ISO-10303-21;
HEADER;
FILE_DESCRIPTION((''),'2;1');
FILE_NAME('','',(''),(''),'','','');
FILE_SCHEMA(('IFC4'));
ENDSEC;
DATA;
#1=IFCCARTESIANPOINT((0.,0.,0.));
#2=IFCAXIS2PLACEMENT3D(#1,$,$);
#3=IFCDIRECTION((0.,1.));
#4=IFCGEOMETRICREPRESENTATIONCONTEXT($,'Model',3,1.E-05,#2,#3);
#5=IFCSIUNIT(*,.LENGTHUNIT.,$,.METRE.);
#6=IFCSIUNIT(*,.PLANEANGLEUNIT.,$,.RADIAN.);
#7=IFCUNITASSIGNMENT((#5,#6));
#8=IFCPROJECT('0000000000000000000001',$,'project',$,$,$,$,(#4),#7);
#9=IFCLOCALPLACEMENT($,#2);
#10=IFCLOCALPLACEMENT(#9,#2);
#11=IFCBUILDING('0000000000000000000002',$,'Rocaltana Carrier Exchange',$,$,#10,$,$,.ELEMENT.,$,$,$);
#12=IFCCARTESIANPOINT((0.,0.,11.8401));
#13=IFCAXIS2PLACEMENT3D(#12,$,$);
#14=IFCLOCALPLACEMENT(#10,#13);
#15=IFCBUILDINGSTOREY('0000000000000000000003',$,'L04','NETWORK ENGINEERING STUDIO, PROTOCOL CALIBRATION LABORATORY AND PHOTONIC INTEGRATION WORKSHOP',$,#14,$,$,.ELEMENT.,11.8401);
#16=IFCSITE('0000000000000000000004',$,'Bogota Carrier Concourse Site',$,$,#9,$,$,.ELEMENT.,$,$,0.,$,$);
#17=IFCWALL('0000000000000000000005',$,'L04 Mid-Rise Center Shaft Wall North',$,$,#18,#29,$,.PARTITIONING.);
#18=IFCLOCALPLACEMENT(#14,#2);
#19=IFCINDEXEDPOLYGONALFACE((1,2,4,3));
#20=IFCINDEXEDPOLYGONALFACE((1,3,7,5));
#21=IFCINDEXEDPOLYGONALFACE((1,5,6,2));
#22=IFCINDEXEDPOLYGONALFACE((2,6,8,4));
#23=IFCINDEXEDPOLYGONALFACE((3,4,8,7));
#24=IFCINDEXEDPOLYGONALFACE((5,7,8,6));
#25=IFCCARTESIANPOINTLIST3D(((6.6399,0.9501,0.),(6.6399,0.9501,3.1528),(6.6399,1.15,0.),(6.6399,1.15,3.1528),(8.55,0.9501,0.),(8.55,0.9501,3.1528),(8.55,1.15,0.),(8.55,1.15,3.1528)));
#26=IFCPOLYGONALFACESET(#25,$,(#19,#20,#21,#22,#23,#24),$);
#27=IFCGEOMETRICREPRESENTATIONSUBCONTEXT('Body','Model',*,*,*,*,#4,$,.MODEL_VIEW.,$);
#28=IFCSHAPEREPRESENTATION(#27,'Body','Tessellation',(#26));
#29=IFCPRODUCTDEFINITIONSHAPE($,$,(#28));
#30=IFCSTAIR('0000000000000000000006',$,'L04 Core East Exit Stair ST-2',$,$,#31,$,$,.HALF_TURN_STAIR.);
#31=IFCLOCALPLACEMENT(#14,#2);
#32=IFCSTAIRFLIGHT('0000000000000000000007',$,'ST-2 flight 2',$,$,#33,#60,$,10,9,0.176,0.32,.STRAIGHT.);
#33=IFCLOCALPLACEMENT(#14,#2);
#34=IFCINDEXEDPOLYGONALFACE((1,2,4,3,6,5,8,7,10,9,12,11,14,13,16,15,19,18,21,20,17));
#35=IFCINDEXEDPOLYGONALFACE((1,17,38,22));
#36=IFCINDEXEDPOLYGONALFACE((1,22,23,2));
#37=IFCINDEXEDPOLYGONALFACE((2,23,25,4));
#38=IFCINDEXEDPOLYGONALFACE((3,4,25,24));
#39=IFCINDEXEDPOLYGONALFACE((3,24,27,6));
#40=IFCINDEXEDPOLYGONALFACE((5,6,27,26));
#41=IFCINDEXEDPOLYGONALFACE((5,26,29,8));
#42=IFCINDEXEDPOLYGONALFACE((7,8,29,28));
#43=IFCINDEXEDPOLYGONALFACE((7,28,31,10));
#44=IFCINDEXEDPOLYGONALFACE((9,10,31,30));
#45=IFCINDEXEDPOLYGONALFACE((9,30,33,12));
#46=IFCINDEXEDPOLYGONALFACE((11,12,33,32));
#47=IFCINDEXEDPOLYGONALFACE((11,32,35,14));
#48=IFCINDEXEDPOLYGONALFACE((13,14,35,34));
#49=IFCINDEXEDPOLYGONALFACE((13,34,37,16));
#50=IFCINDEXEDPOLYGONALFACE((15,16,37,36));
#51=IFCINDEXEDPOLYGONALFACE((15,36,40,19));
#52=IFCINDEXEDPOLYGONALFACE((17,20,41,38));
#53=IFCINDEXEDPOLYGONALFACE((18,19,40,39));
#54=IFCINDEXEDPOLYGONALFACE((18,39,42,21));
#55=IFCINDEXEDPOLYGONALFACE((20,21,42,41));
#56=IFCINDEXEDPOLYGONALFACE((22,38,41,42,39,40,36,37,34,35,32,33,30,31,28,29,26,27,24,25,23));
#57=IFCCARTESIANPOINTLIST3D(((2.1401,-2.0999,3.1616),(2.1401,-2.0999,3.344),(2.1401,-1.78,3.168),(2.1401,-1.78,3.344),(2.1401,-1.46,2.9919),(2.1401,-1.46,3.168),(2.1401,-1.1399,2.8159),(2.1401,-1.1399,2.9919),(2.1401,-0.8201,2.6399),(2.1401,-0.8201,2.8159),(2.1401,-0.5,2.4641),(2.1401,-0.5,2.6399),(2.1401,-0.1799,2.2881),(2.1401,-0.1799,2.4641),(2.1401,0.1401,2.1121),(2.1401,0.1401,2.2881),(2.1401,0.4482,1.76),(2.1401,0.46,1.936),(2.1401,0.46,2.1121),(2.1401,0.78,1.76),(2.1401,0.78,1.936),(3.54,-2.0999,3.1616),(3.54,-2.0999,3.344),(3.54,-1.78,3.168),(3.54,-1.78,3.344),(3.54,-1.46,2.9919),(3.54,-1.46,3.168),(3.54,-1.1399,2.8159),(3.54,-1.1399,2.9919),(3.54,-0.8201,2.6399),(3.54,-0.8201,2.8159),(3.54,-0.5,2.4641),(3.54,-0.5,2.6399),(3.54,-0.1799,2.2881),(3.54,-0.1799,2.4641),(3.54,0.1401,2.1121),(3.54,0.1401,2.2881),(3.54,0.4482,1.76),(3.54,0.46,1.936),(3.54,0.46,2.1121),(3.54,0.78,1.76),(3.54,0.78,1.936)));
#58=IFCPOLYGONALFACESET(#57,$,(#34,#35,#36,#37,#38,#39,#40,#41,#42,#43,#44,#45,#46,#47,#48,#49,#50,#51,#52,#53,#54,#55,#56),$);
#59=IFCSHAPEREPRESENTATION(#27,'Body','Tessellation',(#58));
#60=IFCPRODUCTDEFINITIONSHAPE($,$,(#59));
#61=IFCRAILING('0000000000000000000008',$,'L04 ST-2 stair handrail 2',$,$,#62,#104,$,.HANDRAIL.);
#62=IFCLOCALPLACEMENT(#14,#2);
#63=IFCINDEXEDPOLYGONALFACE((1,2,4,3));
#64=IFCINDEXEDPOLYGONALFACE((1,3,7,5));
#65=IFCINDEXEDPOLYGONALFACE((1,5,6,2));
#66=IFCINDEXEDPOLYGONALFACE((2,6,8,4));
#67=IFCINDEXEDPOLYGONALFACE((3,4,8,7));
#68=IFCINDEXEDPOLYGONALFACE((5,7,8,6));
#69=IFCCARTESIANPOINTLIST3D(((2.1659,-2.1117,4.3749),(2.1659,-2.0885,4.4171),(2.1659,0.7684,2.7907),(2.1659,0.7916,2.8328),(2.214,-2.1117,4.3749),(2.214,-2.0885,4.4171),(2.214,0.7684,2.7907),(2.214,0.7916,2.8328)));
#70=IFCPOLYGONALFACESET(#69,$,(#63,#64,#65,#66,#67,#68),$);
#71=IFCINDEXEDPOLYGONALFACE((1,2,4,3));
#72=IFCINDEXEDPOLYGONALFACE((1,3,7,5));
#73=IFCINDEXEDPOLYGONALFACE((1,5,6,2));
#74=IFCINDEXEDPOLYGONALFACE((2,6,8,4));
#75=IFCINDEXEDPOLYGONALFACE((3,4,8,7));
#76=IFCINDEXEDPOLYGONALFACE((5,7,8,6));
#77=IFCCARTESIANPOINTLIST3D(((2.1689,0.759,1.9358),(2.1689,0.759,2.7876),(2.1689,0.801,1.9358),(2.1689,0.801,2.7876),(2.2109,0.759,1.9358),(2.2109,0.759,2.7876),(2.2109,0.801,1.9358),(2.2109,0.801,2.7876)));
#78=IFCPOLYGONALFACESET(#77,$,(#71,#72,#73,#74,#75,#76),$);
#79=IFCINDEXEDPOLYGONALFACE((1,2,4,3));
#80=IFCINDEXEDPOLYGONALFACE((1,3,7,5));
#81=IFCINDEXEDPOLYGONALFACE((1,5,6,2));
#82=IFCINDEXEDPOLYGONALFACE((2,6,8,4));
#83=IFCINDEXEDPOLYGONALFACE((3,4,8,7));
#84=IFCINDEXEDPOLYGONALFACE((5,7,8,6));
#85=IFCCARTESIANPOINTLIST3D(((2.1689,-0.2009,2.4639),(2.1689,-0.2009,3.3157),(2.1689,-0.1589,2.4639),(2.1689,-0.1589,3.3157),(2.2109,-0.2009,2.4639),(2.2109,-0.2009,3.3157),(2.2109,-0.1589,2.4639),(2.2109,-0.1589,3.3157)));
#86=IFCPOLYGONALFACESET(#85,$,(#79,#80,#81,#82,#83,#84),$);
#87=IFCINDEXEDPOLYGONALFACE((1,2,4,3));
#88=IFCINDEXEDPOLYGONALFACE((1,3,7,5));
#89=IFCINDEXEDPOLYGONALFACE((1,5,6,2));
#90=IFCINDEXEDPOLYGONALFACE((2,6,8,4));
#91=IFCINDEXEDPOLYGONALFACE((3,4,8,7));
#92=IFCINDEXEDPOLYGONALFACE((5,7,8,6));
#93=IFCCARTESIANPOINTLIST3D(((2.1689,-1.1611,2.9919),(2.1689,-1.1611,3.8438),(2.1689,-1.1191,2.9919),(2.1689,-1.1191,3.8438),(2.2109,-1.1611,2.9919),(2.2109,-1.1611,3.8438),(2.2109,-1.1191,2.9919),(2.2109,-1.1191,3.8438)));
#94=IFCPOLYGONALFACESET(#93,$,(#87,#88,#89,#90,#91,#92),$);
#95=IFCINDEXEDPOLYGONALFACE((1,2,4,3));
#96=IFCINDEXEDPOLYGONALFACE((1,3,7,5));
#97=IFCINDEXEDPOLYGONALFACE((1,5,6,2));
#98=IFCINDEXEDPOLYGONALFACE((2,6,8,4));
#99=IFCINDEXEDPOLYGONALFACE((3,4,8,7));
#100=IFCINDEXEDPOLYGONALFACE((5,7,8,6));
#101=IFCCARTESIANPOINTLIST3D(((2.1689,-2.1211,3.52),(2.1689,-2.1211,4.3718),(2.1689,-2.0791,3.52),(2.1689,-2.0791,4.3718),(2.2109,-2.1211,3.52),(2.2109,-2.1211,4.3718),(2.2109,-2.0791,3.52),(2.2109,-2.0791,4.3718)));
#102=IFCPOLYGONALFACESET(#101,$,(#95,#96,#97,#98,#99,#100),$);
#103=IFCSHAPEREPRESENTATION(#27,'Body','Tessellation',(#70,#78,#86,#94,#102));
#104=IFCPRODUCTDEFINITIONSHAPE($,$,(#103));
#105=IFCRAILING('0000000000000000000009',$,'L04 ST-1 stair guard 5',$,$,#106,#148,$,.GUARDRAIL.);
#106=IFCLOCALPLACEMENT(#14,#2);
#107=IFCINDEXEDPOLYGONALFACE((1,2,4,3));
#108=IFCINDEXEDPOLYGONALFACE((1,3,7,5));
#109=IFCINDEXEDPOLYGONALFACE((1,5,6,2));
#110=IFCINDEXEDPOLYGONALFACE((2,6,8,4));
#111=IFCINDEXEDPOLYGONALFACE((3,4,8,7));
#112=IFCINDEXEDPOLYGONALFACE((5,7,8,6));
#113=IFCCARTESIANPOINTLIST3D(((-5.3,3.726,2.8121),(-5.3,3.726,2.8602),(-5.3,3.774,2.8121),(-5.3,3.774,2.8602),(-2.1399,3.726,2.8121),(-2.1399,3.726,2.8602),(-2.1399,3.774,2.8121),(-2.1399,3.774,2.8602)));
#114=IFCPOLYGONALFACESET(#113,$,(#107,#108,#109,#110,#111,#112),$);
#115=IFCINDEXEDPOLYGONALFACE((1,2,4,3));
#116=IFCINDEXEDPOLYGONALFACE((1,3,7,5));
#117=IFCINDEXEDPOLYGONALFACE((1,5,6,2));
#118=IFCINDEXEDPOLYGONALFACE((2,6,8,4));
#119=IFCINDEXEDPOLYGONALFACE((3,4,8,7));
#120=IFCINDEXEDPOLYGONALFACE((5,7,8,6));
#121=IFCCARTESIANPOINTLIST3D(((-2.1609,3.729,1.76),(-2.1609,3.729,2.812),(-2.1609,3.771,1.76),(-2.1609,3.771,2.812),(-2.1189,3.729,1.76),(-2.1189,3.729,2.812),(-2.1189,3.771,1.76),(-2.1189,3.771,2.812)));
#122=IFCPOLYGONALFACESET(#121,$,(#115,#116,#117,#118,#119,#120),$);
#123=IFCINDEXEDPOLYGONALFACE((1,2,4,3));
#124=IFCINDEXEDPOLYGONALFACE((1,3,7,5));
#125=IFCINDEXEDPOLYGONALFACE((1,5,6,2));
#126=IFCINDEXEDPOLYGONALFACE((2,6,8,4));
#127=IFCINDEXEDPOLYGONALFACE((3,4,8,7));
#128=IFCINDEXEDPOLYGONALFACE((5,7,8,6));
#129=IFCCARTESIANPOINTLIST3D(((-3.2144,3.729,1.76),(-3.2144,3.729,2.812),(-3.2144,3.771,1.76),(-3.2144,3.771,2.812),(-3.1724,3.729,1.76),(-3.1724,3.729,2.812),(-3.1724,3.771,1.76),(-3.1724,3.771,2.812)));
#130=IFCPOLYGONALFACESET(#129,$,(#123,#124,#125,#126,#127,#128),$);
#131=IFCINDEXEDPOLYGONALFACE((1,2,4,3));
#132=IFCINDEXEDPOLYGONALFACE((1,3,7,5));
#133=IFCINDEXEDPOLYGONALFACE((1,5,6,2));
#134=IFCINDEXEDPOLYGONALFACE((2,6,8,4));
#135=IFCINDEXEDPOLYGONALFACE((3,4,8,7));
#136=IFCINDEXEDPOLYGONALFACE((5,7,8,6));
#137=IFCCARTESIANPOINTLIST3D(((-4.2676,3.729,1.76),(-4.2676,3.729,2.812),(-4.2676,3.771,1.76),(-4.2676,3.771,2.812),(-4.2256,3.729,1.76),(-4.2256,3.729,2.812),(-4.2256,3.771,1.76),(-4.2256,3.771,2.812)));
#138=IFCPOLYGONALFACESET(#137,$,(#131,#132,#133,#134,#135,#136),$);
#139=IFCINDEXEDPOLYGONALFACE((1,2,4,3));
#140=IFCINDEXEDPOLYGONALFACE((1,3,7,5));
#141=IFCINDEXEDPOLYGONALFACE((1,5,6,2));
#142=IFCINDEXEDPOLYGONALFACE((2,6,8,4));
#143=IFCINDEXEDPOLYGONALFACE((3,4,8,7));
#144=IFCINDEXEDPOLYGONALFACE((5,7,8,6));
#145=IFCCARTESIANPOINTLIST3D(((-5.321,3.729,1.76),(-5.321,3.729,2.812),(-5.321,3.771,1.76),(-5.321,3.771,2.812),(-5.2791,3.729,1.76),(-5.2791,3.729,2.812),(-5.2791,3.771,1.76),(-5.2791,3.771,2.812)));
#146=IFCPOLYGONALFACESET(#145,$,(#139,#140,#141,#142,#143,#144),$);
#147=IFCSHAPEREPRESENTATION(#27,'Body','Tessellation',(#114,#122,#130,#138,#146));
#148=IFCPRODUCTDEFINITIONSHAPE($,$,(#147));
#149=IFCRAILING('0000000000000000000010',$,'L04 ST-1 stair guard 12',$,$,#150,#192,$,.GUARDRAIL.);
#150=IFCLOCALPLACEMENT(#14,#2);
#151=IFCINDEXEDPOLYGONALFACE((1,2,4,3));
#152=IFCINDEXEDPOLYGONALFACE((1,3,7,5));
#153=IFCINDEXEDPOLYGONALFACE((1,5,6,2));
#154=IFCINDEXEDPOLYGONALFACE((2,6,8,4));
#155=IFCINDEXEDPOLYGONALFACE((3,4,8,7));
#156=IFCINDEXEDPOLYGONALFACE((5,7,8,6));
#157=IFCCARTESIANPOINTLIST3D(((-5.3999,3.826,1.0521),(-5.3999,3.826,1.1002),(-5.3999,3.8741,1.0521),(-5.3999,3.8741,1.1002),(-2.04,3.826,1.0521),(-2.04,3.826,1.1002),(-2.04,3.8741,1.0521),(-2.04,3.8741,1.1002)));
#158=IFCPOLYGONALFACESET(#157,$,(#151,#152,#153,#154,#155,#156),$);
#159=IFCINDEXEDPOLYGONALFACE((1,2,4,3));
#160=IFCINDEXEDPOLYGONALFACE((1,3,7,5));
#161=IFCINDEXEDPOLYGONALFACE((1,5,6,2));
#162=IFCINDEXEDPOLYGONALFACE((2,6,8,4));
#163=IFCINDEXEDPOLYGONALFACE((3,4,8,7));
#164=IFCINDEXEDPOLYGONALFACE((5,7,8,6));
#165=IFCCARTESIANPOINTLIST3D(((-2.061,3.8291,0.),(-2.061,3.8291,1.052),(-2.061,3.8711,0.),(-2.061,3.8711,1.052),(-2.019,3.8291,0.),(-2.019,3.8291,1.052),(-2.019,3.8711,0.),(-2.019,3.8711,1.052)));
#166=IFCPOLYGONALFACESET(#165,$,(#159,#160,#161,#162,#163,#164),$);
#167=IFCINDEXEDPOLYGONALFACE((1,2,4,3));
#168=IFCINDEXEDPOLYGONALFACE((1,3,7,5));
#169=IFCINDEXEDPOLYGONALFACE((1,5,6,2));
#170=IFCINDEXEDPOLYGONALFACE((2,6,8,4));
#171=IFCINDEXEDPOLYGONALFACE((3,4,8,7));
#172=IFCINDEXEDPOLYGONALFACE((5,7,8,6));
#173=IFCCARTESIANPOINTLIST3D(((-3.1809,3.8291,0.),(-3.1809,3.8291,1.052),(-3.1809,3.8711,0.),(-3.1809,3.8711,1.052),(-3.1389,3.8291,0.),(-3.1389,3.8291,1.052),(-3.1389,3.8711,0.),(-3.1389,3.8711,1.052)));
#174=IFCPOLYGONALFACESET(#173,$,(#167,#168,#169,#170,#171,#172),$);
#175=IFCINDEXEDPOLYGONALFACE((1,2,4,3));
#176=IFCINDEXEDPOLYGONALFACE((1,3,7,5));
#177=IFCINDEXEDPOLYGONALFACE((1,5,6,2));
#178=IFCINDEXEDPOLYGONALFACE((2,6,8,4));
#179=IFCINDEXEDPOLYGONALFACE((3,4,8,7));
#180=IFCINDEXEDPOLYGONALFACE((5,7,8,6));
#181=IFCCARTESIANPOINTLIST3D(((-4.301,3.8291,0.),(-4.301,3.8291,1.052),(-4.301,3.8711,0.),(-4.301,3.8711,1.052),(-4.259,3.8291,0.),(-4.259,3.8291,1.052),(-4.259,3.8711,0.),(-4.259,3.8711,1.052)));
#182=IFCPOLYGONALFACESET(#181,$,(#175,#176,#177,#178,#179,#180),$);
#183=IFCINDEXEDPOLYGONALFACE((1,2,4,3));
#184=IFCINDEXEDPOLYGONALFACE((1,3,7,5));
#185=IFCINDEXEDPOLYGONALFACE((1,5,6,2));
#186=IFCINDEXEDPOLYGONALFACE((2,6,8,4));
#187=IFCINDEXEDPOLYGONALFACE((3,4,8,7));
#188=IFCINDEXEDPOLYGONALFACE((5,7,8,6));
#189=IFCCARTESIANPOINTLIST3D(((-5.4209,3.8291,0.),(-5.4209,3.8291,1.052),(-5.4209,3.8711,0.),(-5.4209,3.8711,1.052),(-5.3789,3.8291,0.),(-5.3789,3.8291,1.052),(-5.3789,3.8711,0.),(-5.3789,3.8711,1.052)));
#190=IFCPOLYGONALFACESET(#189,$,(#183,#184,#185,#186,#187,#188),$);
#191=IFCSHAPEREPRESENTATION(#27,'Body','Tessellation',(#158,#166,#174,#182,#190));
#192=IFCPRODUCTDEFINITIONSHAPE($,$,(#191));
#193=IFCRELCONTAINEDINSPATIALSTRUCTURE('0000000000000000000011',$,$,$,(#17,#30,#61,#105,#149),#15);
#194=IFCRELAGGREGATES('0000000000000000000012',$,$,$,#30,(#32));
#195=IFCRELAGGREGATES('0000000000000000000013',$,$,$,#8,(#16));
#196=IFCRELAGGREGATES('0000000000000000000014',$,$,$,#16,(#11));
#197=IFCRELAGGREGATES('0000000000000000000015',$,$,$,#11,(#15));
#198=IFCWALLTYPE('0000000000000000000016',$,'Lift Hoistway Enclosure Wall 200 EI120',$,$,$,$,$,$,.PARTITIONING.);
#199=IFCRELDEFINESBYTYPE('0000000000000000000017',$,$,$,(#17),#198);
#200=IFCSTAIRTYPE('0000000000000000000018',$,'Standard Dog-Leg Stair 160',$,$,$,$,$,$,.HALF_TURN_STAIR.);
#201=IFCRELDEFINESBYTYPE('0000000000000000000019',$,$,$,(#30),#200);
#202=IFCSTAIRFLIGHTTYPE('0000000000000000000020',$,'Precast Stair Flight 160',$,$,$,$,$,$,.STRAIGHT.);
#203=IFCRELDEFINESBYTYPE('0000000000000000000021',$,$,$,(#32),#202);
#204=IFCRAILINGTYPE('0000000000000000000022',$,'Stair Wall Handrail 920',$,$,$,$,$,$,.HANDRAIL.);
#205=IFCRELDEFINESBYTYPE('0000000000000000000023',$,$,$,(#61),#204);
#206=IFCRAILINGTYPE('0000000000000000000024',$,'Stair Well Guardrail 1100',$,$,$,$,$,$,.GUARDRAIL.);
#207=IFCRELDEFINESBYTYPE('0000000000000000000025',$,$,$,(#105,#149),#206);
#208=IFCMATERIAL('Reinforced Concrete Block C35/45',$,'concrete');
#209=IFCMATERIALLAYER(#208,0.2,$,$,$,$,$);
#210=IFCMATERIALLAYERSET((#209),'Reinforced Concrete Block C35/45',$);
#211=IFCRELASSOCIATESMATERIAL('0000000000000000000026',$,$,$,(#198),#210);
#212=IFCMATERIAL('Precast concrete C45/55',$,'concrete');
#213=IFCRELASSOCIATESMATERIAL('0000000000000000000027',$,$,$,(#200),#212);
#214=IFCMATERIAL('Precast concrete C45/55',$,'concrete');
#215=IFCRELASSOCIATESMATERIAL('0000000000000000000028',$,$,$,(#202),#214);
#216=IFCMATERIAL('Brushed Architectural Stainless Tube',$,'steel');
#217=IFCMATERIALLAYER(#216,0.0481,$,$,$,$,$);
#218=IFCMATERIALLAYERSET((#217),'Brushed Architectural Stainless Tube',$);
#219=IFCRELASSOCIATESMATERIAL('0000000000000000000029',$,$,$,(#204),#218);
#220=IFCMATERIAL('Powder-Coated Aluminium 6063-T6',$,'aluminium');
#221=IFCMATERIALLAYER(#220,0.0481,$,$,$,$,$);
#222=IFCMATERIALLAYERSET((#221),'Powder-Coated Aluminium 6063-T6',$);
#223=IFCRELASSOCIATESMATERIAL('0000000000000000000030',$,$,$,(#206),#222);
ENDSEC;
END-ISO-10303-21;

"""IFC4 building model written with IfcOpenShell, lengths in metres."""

from ifc_helpers import new_model, si_unit, direction, frame, frame_2d, origin, origin_2d, place, context, subcontext, project, spatial, polyline, rectangle, outline, extrude, material, layer, layer_set, type_object, element, aggregate, save


model = new_model("IFC4")

# Units and contexts
model_context = context("Model", 3, precision=1e-05, world=origin(), true_north=direction((0.0, 1.0)))
body_context = subcontext(model_context, "Body", "Model", "MODEL_VIEW")
ifc_project = project(units=[si_unit("LENGTHUNIT", "METRE"), si_unit("PLANEANGLEUNIT", "RADIAN")], contexts=[model_context])

# Site, building, storey
site_placement = place(None, origin())
site = spatial("IfcSite", under=ifc_project, at=site_placement, Name="Bogota Carrier Concourse Site", CompositionType="ELEMENT", RefElevation=0.0)
building_placement = place(site_placement, origin())
building = spatial("IfcBuilding", under=site, at=building_placement, Name="Rocaltana Carrier Exchange", CompositionType="ELEMENT")
storey_placement = place(building_placement, frame((0.0, 0.0, 11.8401)))
storey = spatial("IfcBuildingStorey", under=building, at=storey_placement, Name="L04", Description="NETWORK ENGINEERING STUDIO, PROTOCOL CALIBRATION LABORATORY AND PHOTONIC INTEGRATION WORKSHOP", CompositionType="ELEMENT", Elevation=11.8401)

# Wall
ifc_material_1 = material(Name="Reinforced Concrete Block C35/45", Category="concrete")
ifc_layer_1 = layer(ifc_material_1, 0.2)
ifc_layer_set_1 = layer_set([ifc_layer_1], Name="Reinforced Concrete Block C35/45")
wall_type = type_object("IfcWallType", Name="Lift Hoistway Enclosure Wall 200 EI120", PredefinedType="PARTITIONING", material=ifc_layer_set_1)
wall_1_placement = place(storey_placement, frame((6.6399, 1.05, 0.0), z_axis=(0.0, 0.0, 1.0), x_axis=(1.0, 0.0, 0.0)))
element("IfcWall", 1, at=wall_1_placement, inside=storey, type_object=wall_type, Name="L04 Mid-Rise Center Shaft Wall North", PredefinedType="PARTITIONING", context=body_context, shape_type="SweptSolid", body=[
    extrude(rectangle(XDim=1.9102, YDim=0.2, at=frame_2d((0.9551, 0.0))), origin(), (0.0, 0.0, 1.0), 3.1528),
])

# Stair, stair flight
ifc_material_2 = material(Name="Precast concrete C45/55", Category="concrete")
stair_type = type_object("IfcStairType", Name="Standard Dog-Leg Stair 160", PredefinedType="HALF_TURN_STAIR", material=ifc_material_2)
stair_placement = place(storey_placement, origin())
stair = element("IfcStair", 2, at=stair_placement, inside=storey, type_object=stair_type, Name="L04 Core East Exit Stair ST-2", PredefinedType="HALF_TURN_STAIR")
ifc_material_3 = material(Name="Precast concrete C45/55", Category="concrete")
stair_flight_type = type_object("IfcStairFlightType", Name="Precast Stair Flight 160", PredefinedType="STRAIGHT", material=ifc_material_3)
stair_flight_placement = place(storey_placement, frame((2.8401, 0.78, 1.76), z_axis=(0.0, 0.0, 1.0), x_axis=(0.0, -1.0, 0.0)))
stair_flight = element("IfcStairFlight", 3, at=stair_flight_placement, type_object=stair_flight_type, Name="ST-2 flight 2", NumberOfRisers=10, NumberOfTreads=9, PredefinedType="STRAIGHT", RiserHeight=0.176, TreadLength=0.32, context=body_context, shape_type="SweptSolid", body=[
    extrude(outline(polyline([(0.0, 0.0), (0.0, 0.176), (0.3201, 0.176), (0.3201, 0.3521), (0.6399, 0.3521), (0.6399, 0.5281), (0.96, 0.5281), (0.96, 0.7041), (1.28, 0.7041), (1.28, 0.8799), (1.6001, 0.8799), (1.6001, 1.0559), (1.9199, 1.0559), (1.9199, 1.2319), (2.24, 1.2319), (2.24, 1.408), (2.5601, 1.408), (2.5601, 1.584), (2.8799, 1.584), (2.8799, 1.76), (2.8799, 1.4016), (0.3318, 0.0), (0.0, 0.0)])), frame((0.0, 0.7, 0.0), z_axis=(0.0, -1.0, 0.0), x_axis=(1.0, 0.0, 0.0)), (0.0, 0.0, 1.0), 1.3999),
])
aggregate(stair, [stair_flight])

# Railings
ifc_material_4 = material(Name="Brushed Architectural Stainless Tube", Category="steel")
ifc_layer_2 = layer(ifc_material_4, 0.0481)
ifc_layer_set_2 = layer_set([ifc_layer_2], Name="Brushed Architectural Stainless Tube")
railing_type_1 = type_object("IfcRailingType", Name="Stair Wall Handrail 920", PredefinedType="HANDRAIL", material=ifc_layer_set_2)
railing_1_placement = place(storey_placement, frame((2.1899, 0.78, 1.9358)))
element("IfcRailing", 4, at=railing_1_placement, inside=storey, type_object=railing_type_1, Name="L04 ST-2 stair handrail 2", PredefinedType="HANDRAIL", context=body_context, shape_type="SweptSolid", body=[
    extrude(rectangle(XDim=0.0481, YDim=0.0481, at=origin_2d()), frame((0.0, 0.0, 0.876), z_axis=(0.0, -0.876196, 0.481956), x_axis=(1.0, 0.0, 0.0)), (0.0, 0.0, 1.0), 3.2871),
    extrude(rectangle(XDim=0.042, YDim=0.042, at=origin_2d()), origin(), (0.0, 0.0, 1.0), 0.8518),
    extrude(rectangle(XDim=0.042, YDim=0.042, at=origin_2d()), frame((0.0, -0.96, 0.5281)), (0.0, 0.0, 1.0), 0.8518),
    extrude(rectangle(XDim=0.042, YDim=0.042, at=origin_2d()), frame((0.0, -1.9202, 1.0562)), (0.0, 0.0, 1.0), 0.8518),
    extrude(rectangle(XDim=0.042, YDim=0.042, at=origin_2d()), frame((0.0, -2.8801, 1.5842)), (0.0, 0.0, 1.0), 0.8518),
])
ifc_material_5 = material(Name="Powder-Coated Aluminium 6063-T6", Category="aluminium")
ifc_layer_3 = layer(ifc_material_5, 0.0481)
ifc_layer_set_3 = layer_set([ifc_layer_3], Name="Powder-Coated Aluminium 6063-T6")
railing_type_2 = type_object("IfcRailingType", Name="Stair Well Guardrail 1100", PredefinedType="GUARDRAIL", material=ifc_layer_set_3)
railing_2_placement = place(storey_placement, frame((-2.1399, 3.75, 1.76)))
element("IfcRailing", 5, at=railing_2_placement, inside=storey, type_object=railing_type_2, Name="L04 ST-1 stair guard 5", PredefinedType="GUARDRAIL", context=body_context, shape_type="SweptSolid", body=[
    extrude(rectangle(XDim=0.0481, YDim=0.0481, at=origin_2d()), frame((0.0, 0.0, 1.0762), z_axis=(-1.0, 0.0, 0.0), x_axis=(0.0, -1.0, 0.0)), (0.0, 0.0, 1.0), 3.1602),
    extrude(rectangle(XDim=0.042, YDim=0.042, at=origin_2d()), origin(), (0.0, 0.0, 1.0), 1.052),
    extrude(rectangle(XDim=0.042, YDim=0.042, at=origin_2d()), frame((-1.0535, 0.0, 0.0)), (0.0, 0.0, 1.0), 1.052),
    extrude(rectangle(XDim=0.042, YDim=0.042, at=origin_2d()), frame((-2.1067, 0.0, 0.0)), (0.0, 0.0, 1.0), 1.052),
    extrude(rectangle(XDim=0.042, YDim=0.042, at=origin_2d()), frame((-3.1602, 0.0, 0.0)), (0.0, 0.0, 1.0), 1.052),
])
railing_3_placement = place(storey_placement, frame((-2.04, 3.8501, 0.0)))
element("IfcRailing", 6, at=railing_3_placement, inside=storey, type_object=railing_type_2, Name="L04 ST-1 stair guard 12", PredefinedType="GUARDRAIL", context=body_context, shape_type="SweptSolid", body=[
    extrude(rectangle(XDim=0.0481, YDim=0.0481, at=origin_2d()), frame((0.0, 0.0, 1.0762), z_axis=(-1.0, 0.0, 0.0), x_axis=(0.0, -1.0, 0.0)), (0.0, 0.0, 1.0), 3.3599),
    extrude(rectangle(XDim=0.042, YDim=0.042, at=origin_2d()), origin(), (0.0, 0.0, 1.0), 1.052),
    extrude(rectangle(XDim=0.042, YDim=0.042, at=origin_2d()), frame((-1.1199, 0.0, 0.0)), (0.0, 0.0, 1.0), 1.052),
    extrude(rectangle(XDim=0.042, YDim=0.042, at=origin_2d()), frame((-2.24, 0.0, 0.0)), (0.0, 0.0, 1.0), 1.052),
    extrude(rectangle(XDim=0.042, YDim=0.042, at=origin_2d()), frame((-3.3599, 0.0, 0.0)), (0.0, 0.0, 1.0), 1.052),
])

save(model, "model.ifc")
